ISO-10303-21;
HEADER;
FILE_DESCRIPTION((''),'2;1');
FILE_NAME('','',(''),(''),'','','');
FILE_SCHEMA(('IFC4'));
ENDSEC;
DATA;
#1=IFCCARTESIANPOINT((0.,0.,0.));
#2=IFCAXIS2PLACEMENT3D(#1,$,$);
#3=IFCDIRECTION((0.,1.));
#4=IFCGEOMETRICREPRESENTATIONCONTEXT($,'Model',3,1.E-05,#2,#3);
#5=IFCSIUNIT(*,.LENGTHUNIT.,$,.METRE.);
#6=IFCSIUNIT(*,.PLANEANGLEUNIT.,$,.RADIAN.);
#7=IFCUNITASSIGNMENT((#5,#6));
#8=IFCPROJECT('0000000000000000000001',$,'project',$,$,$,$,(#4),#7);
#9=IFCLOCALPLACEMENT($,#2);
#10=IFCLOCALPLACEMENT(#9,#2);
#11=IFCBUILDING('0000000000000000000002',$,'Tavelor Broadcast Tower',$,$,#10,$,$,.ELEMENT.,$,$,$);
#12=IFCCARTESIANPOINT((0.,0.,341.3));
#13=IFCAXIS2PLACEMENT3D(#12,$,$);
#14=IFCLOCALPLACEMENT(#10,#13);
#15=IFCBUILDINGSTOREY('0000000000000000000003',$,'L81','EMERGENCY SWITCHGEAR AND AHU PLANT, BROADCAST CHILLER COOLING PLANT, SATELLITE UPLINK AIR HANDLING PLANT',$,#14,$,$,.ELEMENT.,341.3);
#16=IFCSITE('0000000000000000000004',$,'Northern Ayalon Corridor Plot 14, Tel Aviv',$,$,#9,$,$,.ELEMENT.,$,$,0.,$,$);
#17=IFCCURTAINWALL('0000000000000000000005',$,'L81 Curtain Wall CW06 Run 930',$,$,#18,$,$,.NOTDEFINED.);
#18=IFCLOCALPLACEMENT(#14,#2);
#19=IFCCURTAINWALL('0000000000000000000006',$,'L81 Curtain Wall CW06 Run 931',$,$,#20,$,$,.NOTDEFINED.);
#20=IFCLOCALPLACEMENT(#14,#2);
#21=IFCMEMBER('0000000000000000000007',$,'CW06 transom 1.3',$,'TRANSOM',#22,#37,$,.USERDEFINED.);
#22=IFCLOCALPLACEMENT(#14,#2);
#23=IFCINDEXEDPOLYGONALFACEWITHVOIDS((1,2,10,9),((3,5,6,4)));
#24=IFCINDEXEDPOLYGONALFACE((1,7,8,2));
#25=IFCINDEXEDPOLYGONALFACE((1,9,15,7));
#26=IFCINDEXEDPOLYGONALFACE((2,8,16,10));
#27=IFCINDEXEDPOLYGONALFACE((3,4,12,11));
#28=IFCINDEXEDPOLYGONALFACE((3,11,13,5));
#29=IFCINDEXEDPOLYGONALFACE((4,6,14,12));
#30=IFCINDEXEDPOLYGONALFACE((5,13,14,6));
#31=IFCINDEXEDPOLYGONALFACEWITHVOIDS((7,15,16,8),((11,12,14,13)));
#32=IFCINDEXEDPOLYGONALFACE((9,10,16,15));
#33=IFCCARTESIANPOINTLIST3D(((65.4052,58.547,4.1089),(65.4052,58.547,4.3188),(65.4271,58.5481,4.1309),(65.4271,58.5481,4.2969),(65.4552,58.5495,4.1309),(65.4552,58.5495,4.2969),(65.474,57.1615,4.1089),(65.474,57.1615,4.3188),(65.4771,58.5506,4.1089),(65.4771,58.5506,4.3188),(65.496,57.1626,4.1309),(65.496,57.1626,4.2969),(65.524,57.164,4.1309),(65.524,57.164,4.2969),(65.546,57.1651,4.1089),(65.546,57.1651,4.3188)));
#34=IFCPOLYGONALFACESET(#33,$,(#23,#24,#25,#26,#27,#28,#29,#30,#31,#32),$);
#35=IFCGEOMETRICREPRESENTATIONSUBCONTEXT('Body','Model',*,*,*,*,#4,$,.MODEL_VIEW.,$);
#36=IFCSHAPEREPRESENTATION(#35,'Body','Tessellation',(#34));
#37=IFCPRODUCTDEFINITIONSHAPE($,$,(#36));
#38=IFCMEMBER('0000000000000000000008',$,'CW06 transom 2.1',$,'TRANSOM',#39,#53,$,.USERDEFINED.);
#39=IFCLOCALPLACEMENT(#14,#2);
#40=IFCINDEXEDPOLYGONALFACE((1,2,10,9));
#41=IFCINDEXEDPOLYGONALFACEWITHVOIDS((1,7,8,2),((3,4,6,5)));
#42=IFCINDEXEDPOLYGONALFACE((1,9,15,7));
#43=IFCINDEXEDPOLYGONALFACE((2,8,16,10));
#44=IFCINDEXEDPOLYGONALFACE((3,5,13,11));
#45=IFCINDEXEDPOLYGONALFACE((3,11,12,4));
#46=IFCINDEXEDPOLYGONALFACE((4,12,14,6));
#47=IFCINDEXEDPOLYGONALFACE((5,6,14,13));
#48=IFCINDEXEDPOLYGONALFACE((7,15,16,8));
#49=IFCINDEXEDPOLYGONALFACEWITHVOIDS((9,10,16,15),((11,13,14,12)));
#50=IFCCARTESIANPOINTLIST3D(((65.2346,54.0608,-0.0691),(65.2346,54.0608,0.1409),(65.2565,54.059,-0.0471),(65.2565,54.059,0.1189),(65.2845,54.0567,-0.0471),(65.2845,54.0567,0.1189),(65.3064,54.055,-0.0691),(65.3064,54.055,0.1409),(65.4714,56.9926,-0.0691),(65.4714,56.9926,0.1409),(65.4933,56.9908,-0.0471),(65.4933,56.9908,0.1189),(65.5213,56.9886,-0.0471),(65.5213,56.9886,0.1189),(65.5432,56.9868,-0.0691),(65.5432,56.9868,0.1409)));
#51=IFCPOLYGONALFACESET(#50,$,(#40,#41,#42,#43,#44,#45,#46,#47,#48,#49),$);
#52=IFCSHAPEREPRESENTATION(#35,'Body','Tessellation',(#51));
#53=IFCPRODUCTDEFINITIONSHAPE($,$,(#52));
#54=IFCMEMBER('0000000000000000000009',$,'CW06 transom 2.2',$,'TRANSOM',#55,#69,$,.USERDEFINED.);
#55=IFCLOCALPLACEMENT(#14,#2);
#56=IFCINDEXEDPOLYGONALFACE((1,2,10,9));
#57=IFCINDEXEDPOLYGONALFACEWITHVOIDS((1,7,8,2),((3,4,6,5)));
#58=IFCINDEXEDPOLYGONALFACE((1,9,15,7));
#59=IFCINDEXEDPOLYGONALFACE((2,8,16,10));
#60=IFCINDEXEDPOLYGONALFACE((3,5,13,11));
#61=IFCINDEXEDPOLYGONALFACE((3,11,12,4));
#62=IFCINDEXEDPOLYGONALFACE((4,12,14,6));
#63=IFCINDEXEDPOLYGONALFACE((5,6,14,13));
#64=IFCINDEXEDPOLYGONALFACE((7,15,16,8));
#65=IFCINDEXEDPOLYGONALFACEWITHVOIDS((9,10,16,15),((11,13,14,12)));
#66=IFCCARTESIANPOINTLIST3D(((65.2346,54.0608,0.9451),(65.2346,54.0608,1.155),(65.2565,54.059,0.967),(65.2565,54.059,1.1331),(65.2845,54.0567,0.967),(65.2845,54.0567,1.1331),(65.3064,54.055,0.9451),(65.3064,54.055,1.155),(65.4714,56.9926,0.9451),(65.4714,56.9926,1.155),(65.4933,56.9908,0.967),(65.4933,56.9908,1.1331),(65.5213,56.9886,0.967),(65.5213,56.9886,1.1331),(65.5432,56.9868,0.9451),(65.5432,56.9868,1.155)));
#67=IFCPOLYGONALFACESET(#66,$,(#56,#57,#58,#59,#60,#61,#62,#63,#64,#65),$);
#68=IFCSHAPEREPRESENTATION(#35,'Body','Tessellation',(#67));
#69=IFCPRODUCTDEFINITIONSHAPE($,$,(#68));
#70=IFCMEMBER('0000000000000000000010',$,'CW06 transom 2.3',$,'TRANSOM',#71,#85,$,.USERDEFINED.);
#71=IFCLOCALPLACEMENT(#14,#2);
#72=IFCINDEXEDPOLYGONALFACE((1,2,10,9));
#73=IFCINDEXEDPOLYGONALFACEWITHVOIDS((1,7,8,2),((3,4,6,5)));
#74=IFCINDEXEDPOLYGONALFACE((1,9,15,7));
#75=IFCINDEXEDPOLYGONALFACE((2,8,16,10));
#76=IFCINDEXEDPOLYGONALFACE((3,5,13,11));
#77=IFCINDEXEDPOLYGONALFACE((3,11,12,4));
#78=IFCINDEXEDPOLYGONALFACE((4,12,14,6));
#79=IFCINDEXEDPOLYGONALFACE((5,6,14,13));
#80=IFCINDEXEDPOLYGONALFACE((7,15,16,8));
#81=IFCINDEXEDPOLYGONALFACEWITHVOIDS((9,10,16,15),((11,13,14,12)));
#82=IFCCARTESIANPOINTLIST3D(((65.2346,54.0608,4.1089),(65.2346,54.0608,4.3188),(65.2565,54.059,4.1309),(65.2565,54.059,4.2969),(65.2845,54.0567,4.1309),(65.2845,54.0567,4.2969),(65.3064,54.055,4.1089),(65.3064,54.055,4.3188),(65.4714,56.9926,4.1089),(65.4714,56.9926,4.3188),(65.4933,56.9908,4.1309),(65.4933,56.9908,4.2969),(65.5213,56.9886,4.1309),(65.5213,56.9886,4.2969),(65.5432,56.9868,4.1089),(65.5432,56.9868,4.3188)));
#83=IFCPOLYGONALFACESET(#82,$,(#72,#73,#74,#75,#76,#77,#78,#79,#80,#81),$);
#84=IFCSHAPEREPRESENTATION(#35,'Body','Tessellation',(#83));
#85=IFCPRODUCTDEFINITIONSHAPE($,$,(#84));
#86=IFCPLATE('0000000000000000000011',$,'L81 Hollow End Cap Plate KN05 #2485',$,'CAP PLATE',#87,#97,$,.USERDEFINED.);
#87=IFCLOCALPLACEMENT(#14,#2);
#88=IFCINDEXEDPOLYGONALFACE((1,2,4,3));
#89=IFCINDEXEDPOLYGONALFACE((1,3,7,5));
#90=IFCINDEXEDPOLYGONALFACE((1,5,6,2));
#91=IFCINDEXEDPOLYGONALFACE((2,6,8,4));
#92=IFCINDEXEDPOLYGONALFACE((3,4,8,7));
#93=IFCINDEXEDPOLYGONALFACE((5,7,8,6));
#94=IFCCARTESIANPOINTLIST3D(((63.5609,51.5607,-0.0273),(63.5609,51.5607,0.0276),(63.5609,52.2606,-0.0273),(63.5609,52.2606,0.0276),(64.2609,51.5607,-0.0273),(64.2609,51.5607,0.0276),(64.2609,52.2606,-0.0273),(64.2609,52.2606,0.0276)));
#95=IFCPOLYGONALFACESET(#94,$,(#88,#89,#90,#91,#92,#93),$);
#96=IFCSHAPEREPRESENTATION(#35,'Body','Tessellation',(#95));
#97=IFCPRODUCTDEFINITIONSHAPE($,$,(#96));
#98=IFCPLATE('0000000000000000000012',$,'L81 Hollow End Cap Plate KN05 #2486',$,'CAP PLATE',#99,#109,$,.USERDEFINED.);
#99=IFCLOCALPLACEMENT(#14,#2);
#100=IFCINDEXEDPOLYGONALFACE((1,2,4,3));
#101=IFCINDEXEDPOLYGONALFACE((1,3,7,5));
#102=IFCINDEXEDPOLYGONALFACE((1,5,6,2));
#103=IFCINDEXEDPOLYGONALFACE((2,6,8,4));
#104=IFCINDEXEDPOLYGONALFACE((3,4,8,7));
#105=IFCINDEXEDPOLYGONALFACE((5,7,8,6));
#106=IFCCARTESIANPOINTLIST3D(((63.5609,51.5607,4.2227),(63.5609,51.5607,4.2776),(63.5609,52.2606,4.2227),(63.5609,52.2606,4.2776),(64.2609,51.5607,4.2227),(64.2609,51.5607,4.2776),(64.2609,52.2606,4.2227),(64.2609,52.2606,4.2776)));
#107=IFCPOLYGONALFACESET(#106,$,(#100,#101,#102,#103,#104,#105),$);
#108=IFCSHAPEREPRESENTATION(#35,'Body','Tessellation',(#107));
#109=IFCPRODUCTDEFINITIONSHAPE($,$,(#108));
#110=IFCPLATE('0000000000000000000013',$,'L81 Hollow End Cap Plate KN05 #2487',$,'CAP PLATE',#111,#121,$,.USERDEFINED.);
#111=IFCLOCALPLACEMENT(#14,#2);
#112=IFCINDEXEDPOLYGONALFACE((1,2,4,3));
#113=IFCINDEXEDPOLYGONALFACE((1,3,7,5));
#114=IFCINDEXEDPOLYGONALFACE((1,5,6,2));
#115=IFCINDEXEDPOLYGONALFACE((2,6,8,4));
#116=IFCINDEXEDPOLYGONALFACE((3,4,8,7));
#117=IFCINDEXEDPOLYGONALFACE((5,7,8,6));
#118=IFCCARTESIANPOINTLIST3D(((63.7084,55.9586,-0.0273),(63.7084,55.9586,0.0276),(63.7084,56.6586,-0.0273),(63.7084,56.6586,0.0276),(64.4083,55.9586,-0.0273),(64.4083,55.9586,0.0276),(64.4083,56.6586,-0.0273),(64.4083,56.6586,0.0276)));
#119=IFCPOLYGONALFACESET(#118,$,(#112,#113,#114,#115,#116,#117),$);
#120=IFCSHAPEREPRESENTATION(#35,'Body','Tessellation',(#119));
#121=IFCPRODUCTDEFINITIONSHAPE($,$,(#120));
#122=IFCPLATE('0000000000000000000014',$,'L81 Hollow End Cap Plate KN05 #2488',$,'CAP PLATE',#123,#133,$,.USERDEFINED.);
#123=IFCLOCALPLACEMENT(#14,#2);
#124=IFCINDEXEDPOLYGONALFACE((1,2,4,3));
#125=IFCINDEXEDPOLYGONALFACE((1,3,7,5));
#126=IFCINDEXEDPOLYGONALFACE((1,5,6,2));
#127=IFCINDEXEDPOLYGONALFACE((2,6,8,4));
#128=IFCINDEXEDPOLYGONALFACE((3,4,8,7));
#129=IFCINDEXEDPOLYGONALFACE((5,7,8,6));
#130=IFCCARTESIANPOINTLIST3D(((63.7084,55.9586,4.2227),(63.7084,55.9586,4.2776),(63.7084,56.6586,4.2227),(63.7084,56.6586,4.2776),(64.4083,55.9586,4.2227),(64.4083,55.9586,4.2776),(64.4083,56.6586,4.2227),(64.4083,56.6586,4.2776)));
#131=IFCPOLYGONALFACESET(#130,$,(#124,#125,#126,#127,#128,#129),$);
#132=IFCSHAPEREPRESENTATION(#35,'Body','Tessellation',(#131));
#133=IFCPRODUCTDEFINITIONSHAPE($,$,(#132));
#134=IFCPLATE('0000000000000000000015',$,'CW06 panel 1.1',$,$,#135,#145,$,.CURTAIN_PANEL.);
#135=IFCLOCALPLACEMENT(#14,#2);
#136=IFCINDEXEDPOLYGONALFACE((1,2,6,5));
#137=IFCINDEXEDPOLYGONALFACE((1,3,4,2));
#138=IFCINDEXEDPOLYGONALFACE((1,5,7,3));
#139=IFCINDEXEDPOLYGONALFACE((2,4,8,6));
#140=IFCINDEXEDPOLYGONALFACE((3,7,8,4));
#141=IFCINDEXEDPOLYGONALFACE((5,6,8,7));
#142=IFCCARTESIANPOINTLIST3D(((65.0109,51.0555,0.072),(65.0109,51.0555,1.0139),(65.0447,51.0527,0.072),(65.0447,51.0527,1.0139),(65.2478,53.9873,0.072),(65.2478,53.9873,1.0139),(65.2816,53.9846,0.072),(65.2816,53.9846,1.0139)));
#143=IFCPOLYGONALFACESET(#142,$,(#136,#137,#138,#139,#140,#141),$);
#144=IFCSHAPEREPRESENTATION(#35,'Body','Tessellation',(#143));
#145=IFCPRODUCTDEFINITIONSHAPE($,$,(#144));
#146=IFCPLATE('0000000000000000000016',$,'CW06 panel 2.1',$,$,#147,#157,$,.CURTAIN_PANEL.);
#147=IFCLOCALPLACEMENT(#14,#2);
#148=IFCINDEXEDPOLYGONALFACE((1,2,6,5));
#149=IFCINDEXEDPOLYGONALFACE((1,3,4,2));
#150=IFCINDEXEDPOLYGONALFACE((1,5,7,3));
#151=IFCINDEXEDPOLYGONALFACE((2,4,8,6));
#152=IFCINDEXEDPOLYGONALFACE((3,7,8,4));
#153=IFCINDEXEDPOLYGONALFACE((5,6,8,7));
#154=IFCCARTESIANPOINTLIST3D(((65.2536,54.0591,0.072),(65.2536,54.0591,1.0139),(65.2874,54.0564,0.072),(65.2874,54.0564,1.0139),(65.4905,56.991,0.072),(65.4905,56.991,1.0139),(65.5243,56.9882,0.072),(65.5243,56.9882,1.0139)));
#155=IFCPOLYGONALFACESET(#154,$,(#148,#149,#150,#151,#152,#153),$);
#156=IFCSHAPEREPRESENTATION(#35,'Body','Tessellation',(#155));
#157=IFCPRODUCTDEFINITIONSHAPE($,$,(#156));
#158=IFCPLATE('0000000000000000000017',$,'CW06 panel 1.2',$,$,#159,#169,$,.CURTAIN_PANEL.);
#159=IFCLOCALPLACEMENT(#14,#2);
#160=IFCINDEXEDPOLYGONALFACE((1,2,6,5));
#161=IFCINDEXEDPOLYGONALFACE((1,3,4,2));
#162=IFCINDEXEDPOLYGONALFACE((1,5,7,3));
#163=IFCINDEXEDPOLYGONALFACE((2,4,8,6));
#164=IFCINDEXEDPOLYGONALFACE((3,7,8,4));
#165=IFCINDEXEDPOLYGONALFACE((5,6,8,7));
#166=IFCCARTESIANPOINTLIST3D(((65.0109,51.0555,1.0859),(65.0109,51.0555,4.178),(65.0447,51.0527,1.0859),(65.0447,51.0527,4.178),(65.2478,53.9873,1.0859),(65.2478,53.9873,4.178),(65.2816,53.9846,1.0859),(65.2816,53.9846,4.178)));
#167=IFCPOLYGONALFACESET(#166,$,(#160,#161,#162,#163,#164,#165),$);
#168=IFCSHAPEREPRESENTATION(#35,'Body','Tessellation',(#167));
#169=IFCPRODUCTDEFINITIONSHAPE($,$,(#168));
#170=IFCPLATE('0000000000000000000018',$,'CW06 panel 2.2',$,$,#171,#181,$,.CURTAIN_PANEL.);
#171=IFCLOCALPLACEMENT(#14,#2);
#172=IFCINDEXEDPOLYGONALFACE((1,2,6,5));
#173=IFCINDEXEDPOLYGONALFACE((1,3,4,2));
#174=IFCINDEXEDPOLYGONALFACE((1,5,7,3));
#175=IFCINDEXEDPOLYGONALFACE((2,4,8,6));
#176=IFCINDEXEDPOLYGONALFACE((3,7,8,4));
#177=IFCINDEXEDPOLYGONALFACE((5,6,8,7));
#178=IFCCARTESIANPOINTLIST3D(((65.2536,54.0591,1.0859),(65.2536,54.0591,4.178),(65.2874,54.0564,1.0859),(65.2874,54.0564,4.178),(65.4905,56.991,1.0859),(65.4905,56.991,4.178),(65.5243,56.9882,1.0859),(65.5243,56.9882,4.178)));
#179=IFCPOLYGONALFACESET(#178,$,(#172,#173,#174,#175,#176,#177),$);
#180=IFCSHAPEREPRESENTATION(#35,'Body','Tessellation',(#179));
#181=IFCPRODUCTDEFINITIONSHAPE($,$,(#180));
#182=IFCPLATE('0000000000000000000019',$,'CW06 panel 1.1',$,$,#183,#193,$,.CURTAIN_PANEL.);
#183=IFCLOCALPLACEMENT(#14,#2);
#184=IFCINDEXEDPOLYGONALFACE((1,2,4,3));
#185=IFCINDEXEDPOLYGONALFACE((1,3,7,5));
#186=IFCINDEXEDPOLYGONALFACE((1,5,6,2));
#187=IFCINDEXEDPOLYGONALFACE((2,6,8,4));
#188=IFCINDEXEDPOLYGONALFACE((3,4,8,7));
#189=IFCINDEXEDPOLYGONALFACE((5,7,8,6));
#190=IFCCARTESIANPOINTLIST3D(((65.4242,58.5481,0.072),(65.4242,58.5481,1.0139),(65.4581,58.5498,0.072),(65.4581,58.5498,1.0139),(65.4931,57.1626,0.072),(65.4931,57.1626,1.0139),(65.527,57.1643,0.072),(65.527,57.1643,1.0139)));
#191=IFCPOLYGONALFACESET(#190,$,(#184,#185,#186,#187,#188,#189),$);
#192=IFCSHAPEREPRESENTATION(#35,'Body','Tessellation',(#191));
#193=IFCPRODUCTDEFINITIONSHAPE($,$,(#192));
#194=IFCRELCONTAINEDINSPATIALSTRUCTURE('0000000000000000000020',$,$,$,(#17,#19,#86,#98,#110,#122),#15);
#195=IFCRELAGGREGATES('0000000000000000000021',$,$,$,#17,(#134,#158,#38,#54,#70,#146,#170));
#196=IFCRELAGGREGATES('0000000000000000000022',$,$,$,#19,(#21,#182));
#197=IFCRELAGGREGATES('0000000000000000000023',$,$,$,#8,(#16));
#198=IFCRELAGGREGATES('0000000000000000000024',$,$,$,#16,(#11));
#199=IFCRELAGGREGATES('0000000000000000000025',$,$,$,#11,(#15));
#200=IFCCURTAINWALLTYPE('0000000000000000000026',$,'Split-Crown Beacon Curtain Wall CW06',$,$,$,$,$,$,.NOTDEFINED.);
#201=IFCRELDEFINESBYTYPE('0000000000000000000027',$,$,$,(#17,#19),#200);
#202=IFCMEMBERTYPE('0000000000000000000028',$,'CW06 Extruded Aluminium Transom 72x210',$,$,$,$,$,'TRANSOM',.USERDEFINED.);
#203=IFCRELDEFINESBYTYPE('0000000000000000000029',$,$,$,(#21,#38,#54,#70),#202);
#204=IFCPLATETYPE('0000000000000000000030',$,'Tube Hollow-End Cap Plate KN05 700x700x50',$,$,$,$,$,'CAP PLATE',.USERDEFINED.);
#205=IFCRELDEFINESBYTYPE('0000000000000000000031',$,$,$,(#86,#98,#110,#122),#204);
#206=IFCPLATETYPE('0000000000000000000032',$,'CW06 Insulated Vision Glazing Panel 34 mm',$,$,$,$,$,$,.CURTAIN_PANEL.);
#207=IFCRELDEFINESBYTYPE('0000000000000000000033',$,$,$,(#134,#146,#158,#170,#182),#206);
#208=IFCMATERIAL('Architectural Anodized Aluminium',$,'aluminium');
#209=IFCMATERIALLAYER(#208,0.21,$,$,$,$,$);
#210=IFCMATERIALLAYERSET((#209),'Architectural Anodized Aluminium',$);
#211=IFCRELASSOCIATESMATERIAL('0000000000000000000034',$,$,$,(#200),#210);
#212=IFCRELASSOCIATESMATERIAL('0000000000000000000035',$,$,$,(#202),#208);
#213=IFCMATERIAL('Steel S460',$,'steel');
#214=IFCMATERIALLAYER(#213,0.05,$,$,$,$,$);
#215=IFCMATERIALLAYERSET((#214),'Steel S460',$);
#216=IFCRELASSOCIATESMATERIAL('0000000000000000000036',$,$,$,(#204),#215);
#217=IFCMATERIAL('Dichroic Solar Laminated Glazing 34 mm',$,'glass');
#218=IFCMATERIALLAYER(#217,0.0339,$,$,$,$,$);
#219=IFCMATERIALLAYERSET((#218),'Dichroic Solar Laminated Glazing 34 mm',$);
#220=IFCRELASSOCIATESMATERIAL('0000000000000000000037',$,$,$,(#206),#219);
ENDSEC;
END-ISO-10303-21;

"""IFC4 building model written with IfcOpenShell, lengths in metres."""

from ifc_helpers import new_model, si_unit, direction, frame, origin, origin_2d, place, context, subcontext, project, spatial, rectangle, hollow_rectangle, extrude, source, transform, mapped, material, layer, layer_set, material_profile, profile_set, type_object, type_shapes, element, aggregate, save


model = new_model("IFC4")

# Units and contexts
model_context = context("Model", 3, precision=1e-05, world=origin(), true_north=direction((0.0, 1.0)))
body_context = subcontext(model_context, "Body", "Model", "MODEL_VIEW")
ifc_project = project(units=[si_unit("LENGTHUNIT", "METRE"), si_unit("PLANEANGLEUNIT", "RADIAN")], contexts=[model_context])

# Site, building, storey
site_placement = place(None, origin())
site = spatial("IfcSite", under=ifc_project, at=site_placement, Name="Northern Ayalon Corridor Plot 14, Tel Aviv", CompositionType="ELEMENT", RefElevation=0.0)
building_placement = place(site_placement, origin())
building = spatial("IfcBuilding", under=site, at=building_placement, Name="Tavelor Broadcast Tower", CompositionType="ELEMENT")
storey_placement = place(building_placement, frame((0.0, 0.0, 341.3)))
storey = spatial("IfcBuildingStorey", under=building, at=storey_placement, Name="L81", Description="EMERGENCY SWITCHGEAR AND AHU PLANT, BROADCAST CHILLER COOLING PLANT, SATELLITE UPLINK AIR HANDLING PLANT", CompositionType="ELEMENT", Elevation=341.3)

# Curtain walls, member
ifc_material_1 = material(Name="Architectural Anodized Aluminium", Category="aluminium")
ifc_layer_1 = layer(ifc_material_1, 0.21)
ifc_layer_set_1 = layer_set([ifc_layer_1], Name="Architectural Anodized Aluminium")
curtain_wall_type = type_object("IfcCurtainWallType", Name="Split-Crown Beacon Curtain Wall CW06", PredefinedType="NOTDEFINED", material=ifc_layer_set_1)
curtain_wall_1_placement = place(storey_placement, origin())
curtain_wall_1 = element("IfcCurtainWall", 1, at=curtain_wall_1_placement, inside=storey, type_object=curtain_wall_type, Name="L81 Curtain Wall CW06 Run 930", PredefinedType="NOTDEFINED")
curtain_wall_2_placement = place(storey_placement, origin())
curtain_wall_2 = element("IfcCurtainWall", 2, at=curtain_wall_2_placement, inside=storey, type_object=curtain_wall_type, Name="L81 Curtain Wall CW06 Run 931", PredefinedType="NOTDEFINED")
ifc_material_profile_1 = material_profile(ifc_material_1, hollow_rectangle(XDim=0.072, YDim=0.21, WallThickness=0.022, at=origin_2d()), Name="RHS 72x210x22")
ifc_profile_set_1 = profile_set([ifc_material_profile_1], Name="Architectural Anodized Aluminium")
member_type_1 = type_object("IfcMemberType", Name="CW06 Extruded Aluminium Transom 72x210", ElementType="TRANSOM", PredefinedType="USERDEFINED", material=ifc_profile_set_1)
shared_shape_1 = source(origin(), body_context, "Body", "SweptSolid", [
    extrude(hollow_rectangle(XDim=0.072, YDim=0.21, WallThickness=0.022, at=origin_2d()), origin(), (0.0, 0.0, 1.0), 1.3872),
])
member_1_placement = place(storey_placement, frame((65.51, 57.1633, 4.2139), z_axis=(-0.04963, 0.998768, 0.0), x_axis=(-0.998768, -0.04963, 0.0)))
member_1 = element("IfcMember", 3, at=member_1_placement, type_object=member_type_1, Name="CW06 transom 1.3", ObjectType="TRANSOM", PredefinedType="USERDEFINED", context=body_context, shape_type="MappedRepresentation", body=[
    mapped(shared_shape_1, transform((0.0, 0.0, 0.0), scale=1.0)),
])

# Members
shared_shape_2 = source(origin(), body_context, "Body", "SweptSolid", [
    extrude(hollow_rectangle(XDim=0.072, YDim=0.21, WallThickness=0.022, at=origin_2d()), origin(), (0.0, 0.0, 1.0), 2.9414),
])
type_shapes(member_type_1, [shared_shape_1, shared_shape_2])
member_2_placement = place(storey_placement, frame((65.2705, 54.0579, 0.0359), z_axis=(0.080511, 0.996754, 0.0), x_axis=(-0.996754, 0.080511, 0.0)))
member_2 = element("IfcMember", 4, at=member_2_placement, type_object=member_type_1, Name="CW06 transom 2.1", ObjectType="TRANSOM", PredefinedType="USERDEFINED", context=body_context, shape_type="MappedRepresentation", body=[
    mapped(shared_shape_2, transform((0.0, 0.0, 0.0), scale=1.0)),
])
member_3_placement = place(storey_placement, frame((65.2705, 54.0579, 1.05), z_axis=(0.080511, 0.996754, 0.0), x_axis=(-0.996754, 0.080511, 0.0)))
member_3 = element("IfcMember", 5, at=member_3_placement, type_object=member_type_1, Name="CW06 transom 2.2", ObjectType="TRANSOM", PredefinedType="USERDEFINED", context=body_context, shape_type="MappedRepresentation", body=[
    mapped(shared_shape_2, transform((0.0, 0.0, 0.0), scale=1.0)),
])
member_4_placement = place(storey_placement, frame((65.2705, 54.0579, 4.2139), z_axis=(0.080511, 0.996754, 0.0), x_axis=(-0.996754, 0.080511, 0.0)))
member_4 = element("IfcMember", 6, at=member_4_placement, type_object=member_type_1, Name="CW06 transom 2.3", ObjectType="TRANSOM", PredefinedType="USERDEFINED", context=body_context, shape_type="MappedRepresentation", body=[
    mapped(shared_shape_2, transform((0.0, 0.0, 0.0), scale=1.0)),
])

# Plates
ifc_material_2 = material(Name="Steel S460", Category="steel")
ifc_layer_2 = layer(ifc_material_2, 0.05)
ifc_layer_set_2 = layer_set([ifc_layer_2], Name="Steel S460")
plate_type_1 = type_object("IfcPlateType", Name="Tube Hollow-End Cap Plate KN05 700x700x50", ElementType="CAP PLATE", PredefinedType="USERDEFINED", material=ifc_layer_set_2)
shared_shape_3 = source(origin(), body_context, "Body", "SweptSolid", [
    extrude(rectangle(XDim=0.7, YDim=0.7, at=origin_2d()), origin(), (0.0, 0.0, 1.0), 0.0549),
])
type_shapes(plate_type_1, [shared_shape_3])
for number, where, z_axis, x_axis, name in (
    (7, (63.9109, 51.9106, -0.0273), (0.0, 0.0, 1.0), (1.0, 0.0, 0.0), "L81 Hollow End Cap Plate KN05 #2485"),
    (8, (63.9109, 51.9106, 4.2227), (0.0, 0.0, 1.0), (1.0, 0.0, 0.0), "L81 Hollow End Cap Plate KN05 #2486"),
    (9, (64.0583, 56.3086, -0.0273), (0.0, 0.0, 1.0), (1.0, 0.0, 0.0), "L81 Hollow End Cap Plate KN05 #2487"),
    (10, (64.0583, 56.3086, 4.2227), (0.0, 0.0, 1.0), (1.0, 0.0, 0.0), "L81 Hollow End Cap Plate KN05 #2488"),
):
    element("IfcPlate", number, at=place(storey_placement, frame(where, z_axis=z_axis, x_axis=x_axis)), inside=storey, type_object=plate_type_1, Name=name, ObjectType="CAP PLATE", PredefinedType="USERDEFINED", context=body_context, shape_type="MappedRepresentation", body=[
        mapped(shared_shape_3, transform((0.0, 0.0, 0.0), scale=1.0)),
    ])

# Plates
ifc_material_3 = material(Name="Dichroic Solar Laminated Glazing 34 mm", Category="glass")
ifc_layer_3 = layer(ifc_material_3, 0.0339)
ifc_layer_set_3 = layer_set([ifc_layer_3], Name="Dichroic Solar Laminated Glazing 34 mm")
plate_type_2 = type_object("IfcPlateType", Name="CW06 Insulated Vision Glazing Panel 34 mm", PredefinedType="CURTAIN_PANEL", material=ifc_layer_set_3)
shared_shape_4 = source(origin(), body_context, "Body", "SweptSolid", [
    extrude(rectangle(XDim=2.9414, YDim=0.0339, at=origin_2d()), origin(), (0.0, 0.0, 1.0), 0.9419),
])
plate_1_placement = place(storey_placement, frame((65.1462, 52.52, 0.072), z_axis=(0.0, 0.0, 1.0), x_axis=(0.080539, 0.996751, 0.0)))
plate_1 = element("IfcPlate", 11, at=plate_1_placement, type_object=plate_type_2, Name="CW06 panel 1.1", PredefinedType="CURTAIN_PANEL", context=body_context, shape_type="MappedRepresentation", body=[
    mapped(shared_shape_4, transform((0.0, 0.0, 0.0), scale=1.0)),
])
plate_2_placement = place(storey_placement, frame((65.3889, 55.5237, 0.072), z_axis=(0.0, 0.0, 1.0), x_axis=(0.080539, 0.996751, 0.0)))
plate_2 = element("IfcPlate", 12, at=plate_2_placement, type_object=plate_type_2, Name="CW06 panel 2.1", PredefinedType="CURTAIN_PANEL", context=body_context, shape_type="MappedRepresentation", body=[
    mapped(shared_shape_4, transform((0.0, 0.0, 0.0), scale=1.0)),
])
shared_shape_5 = source(origin(), body_context, "Body", "SweptSolid", [
    extrude(rectangle(XDim=2.9414, YDim=0.0339, at=origin_2d()), origin(), (0.0, 0.0, 1.0), 3.092),
])
plate_3_placement = place(storey_placement, frame((65.1462, 52.52, 1.0859), z_axis=(0.0, 0.0, 1.0), x_axis=(0.080539, 0.996751, 0.0)))
plate_3 = element("IfcPlate", 13, at=plate_3_placement, type_object=plate_type_2, Name="CW06 panel 1.2", PredefinedType="CURTAIN_PANEL", context=body_context, shape_type="MappedRepresentation", body=[
    mapped(shared_shape_5, transform((0.0, 0.0, 0.0), scale=1.0)),
])
plate_4_placement = place(storey_placement, frame((65.3889, 55.5237, 1.0859), z_axis=(0.0, 0.0, 1.0), x_axis=(0.080539, 0.996751, 0.0)))
plate_4 = element("IfcPlate", 14, at=plate_4_placement, type_object=plate_type_2, Name="CW06 panel 2.2", PredefinedType="CURTAIN_PANEL", context=body_context, shape_type="MappedRepresentation", body=[
    mapped(shared_shape_5, transform((0.0, 0.0, 0.0), scale=1.0)),
])
aggregate(curtain_wall_1, [plate_1, plate_3, member_2, member_3, member_4, plate_2, plate_4])
shared_shape_6 = source(origin(), body_context, "Body", "SweptSolid", [
    extrude(rectangle(XDim=1.3872, YDim=0.0339, at=origin_2d()), origin(), (0.0, 0.0, 1.0), 0.9419),
])
plate_5_placement = place(storey_placement, frame((65.4756, 57.8562, 0.072), z_axis=(0.0, 0.0, 1.0), x_axis=(-0.0497, 0.998764, 0.0)))
plate_5 = element("IfcPlate", 15, at=plate_5_placement, type_object=plate_type_2, Name="CW06 panel 1.1", PredefinedType="CURTAIN_PANEL", context=body_context, shape_type="MappedRepresentation", body=[
    mapped(shared_shape_6, transform((0.0, 0.0, 0.0), scale=1.0)),
])
aggregate(curtain_wall_2, [member_1, plate_5])

save(model, "model.ifc")
